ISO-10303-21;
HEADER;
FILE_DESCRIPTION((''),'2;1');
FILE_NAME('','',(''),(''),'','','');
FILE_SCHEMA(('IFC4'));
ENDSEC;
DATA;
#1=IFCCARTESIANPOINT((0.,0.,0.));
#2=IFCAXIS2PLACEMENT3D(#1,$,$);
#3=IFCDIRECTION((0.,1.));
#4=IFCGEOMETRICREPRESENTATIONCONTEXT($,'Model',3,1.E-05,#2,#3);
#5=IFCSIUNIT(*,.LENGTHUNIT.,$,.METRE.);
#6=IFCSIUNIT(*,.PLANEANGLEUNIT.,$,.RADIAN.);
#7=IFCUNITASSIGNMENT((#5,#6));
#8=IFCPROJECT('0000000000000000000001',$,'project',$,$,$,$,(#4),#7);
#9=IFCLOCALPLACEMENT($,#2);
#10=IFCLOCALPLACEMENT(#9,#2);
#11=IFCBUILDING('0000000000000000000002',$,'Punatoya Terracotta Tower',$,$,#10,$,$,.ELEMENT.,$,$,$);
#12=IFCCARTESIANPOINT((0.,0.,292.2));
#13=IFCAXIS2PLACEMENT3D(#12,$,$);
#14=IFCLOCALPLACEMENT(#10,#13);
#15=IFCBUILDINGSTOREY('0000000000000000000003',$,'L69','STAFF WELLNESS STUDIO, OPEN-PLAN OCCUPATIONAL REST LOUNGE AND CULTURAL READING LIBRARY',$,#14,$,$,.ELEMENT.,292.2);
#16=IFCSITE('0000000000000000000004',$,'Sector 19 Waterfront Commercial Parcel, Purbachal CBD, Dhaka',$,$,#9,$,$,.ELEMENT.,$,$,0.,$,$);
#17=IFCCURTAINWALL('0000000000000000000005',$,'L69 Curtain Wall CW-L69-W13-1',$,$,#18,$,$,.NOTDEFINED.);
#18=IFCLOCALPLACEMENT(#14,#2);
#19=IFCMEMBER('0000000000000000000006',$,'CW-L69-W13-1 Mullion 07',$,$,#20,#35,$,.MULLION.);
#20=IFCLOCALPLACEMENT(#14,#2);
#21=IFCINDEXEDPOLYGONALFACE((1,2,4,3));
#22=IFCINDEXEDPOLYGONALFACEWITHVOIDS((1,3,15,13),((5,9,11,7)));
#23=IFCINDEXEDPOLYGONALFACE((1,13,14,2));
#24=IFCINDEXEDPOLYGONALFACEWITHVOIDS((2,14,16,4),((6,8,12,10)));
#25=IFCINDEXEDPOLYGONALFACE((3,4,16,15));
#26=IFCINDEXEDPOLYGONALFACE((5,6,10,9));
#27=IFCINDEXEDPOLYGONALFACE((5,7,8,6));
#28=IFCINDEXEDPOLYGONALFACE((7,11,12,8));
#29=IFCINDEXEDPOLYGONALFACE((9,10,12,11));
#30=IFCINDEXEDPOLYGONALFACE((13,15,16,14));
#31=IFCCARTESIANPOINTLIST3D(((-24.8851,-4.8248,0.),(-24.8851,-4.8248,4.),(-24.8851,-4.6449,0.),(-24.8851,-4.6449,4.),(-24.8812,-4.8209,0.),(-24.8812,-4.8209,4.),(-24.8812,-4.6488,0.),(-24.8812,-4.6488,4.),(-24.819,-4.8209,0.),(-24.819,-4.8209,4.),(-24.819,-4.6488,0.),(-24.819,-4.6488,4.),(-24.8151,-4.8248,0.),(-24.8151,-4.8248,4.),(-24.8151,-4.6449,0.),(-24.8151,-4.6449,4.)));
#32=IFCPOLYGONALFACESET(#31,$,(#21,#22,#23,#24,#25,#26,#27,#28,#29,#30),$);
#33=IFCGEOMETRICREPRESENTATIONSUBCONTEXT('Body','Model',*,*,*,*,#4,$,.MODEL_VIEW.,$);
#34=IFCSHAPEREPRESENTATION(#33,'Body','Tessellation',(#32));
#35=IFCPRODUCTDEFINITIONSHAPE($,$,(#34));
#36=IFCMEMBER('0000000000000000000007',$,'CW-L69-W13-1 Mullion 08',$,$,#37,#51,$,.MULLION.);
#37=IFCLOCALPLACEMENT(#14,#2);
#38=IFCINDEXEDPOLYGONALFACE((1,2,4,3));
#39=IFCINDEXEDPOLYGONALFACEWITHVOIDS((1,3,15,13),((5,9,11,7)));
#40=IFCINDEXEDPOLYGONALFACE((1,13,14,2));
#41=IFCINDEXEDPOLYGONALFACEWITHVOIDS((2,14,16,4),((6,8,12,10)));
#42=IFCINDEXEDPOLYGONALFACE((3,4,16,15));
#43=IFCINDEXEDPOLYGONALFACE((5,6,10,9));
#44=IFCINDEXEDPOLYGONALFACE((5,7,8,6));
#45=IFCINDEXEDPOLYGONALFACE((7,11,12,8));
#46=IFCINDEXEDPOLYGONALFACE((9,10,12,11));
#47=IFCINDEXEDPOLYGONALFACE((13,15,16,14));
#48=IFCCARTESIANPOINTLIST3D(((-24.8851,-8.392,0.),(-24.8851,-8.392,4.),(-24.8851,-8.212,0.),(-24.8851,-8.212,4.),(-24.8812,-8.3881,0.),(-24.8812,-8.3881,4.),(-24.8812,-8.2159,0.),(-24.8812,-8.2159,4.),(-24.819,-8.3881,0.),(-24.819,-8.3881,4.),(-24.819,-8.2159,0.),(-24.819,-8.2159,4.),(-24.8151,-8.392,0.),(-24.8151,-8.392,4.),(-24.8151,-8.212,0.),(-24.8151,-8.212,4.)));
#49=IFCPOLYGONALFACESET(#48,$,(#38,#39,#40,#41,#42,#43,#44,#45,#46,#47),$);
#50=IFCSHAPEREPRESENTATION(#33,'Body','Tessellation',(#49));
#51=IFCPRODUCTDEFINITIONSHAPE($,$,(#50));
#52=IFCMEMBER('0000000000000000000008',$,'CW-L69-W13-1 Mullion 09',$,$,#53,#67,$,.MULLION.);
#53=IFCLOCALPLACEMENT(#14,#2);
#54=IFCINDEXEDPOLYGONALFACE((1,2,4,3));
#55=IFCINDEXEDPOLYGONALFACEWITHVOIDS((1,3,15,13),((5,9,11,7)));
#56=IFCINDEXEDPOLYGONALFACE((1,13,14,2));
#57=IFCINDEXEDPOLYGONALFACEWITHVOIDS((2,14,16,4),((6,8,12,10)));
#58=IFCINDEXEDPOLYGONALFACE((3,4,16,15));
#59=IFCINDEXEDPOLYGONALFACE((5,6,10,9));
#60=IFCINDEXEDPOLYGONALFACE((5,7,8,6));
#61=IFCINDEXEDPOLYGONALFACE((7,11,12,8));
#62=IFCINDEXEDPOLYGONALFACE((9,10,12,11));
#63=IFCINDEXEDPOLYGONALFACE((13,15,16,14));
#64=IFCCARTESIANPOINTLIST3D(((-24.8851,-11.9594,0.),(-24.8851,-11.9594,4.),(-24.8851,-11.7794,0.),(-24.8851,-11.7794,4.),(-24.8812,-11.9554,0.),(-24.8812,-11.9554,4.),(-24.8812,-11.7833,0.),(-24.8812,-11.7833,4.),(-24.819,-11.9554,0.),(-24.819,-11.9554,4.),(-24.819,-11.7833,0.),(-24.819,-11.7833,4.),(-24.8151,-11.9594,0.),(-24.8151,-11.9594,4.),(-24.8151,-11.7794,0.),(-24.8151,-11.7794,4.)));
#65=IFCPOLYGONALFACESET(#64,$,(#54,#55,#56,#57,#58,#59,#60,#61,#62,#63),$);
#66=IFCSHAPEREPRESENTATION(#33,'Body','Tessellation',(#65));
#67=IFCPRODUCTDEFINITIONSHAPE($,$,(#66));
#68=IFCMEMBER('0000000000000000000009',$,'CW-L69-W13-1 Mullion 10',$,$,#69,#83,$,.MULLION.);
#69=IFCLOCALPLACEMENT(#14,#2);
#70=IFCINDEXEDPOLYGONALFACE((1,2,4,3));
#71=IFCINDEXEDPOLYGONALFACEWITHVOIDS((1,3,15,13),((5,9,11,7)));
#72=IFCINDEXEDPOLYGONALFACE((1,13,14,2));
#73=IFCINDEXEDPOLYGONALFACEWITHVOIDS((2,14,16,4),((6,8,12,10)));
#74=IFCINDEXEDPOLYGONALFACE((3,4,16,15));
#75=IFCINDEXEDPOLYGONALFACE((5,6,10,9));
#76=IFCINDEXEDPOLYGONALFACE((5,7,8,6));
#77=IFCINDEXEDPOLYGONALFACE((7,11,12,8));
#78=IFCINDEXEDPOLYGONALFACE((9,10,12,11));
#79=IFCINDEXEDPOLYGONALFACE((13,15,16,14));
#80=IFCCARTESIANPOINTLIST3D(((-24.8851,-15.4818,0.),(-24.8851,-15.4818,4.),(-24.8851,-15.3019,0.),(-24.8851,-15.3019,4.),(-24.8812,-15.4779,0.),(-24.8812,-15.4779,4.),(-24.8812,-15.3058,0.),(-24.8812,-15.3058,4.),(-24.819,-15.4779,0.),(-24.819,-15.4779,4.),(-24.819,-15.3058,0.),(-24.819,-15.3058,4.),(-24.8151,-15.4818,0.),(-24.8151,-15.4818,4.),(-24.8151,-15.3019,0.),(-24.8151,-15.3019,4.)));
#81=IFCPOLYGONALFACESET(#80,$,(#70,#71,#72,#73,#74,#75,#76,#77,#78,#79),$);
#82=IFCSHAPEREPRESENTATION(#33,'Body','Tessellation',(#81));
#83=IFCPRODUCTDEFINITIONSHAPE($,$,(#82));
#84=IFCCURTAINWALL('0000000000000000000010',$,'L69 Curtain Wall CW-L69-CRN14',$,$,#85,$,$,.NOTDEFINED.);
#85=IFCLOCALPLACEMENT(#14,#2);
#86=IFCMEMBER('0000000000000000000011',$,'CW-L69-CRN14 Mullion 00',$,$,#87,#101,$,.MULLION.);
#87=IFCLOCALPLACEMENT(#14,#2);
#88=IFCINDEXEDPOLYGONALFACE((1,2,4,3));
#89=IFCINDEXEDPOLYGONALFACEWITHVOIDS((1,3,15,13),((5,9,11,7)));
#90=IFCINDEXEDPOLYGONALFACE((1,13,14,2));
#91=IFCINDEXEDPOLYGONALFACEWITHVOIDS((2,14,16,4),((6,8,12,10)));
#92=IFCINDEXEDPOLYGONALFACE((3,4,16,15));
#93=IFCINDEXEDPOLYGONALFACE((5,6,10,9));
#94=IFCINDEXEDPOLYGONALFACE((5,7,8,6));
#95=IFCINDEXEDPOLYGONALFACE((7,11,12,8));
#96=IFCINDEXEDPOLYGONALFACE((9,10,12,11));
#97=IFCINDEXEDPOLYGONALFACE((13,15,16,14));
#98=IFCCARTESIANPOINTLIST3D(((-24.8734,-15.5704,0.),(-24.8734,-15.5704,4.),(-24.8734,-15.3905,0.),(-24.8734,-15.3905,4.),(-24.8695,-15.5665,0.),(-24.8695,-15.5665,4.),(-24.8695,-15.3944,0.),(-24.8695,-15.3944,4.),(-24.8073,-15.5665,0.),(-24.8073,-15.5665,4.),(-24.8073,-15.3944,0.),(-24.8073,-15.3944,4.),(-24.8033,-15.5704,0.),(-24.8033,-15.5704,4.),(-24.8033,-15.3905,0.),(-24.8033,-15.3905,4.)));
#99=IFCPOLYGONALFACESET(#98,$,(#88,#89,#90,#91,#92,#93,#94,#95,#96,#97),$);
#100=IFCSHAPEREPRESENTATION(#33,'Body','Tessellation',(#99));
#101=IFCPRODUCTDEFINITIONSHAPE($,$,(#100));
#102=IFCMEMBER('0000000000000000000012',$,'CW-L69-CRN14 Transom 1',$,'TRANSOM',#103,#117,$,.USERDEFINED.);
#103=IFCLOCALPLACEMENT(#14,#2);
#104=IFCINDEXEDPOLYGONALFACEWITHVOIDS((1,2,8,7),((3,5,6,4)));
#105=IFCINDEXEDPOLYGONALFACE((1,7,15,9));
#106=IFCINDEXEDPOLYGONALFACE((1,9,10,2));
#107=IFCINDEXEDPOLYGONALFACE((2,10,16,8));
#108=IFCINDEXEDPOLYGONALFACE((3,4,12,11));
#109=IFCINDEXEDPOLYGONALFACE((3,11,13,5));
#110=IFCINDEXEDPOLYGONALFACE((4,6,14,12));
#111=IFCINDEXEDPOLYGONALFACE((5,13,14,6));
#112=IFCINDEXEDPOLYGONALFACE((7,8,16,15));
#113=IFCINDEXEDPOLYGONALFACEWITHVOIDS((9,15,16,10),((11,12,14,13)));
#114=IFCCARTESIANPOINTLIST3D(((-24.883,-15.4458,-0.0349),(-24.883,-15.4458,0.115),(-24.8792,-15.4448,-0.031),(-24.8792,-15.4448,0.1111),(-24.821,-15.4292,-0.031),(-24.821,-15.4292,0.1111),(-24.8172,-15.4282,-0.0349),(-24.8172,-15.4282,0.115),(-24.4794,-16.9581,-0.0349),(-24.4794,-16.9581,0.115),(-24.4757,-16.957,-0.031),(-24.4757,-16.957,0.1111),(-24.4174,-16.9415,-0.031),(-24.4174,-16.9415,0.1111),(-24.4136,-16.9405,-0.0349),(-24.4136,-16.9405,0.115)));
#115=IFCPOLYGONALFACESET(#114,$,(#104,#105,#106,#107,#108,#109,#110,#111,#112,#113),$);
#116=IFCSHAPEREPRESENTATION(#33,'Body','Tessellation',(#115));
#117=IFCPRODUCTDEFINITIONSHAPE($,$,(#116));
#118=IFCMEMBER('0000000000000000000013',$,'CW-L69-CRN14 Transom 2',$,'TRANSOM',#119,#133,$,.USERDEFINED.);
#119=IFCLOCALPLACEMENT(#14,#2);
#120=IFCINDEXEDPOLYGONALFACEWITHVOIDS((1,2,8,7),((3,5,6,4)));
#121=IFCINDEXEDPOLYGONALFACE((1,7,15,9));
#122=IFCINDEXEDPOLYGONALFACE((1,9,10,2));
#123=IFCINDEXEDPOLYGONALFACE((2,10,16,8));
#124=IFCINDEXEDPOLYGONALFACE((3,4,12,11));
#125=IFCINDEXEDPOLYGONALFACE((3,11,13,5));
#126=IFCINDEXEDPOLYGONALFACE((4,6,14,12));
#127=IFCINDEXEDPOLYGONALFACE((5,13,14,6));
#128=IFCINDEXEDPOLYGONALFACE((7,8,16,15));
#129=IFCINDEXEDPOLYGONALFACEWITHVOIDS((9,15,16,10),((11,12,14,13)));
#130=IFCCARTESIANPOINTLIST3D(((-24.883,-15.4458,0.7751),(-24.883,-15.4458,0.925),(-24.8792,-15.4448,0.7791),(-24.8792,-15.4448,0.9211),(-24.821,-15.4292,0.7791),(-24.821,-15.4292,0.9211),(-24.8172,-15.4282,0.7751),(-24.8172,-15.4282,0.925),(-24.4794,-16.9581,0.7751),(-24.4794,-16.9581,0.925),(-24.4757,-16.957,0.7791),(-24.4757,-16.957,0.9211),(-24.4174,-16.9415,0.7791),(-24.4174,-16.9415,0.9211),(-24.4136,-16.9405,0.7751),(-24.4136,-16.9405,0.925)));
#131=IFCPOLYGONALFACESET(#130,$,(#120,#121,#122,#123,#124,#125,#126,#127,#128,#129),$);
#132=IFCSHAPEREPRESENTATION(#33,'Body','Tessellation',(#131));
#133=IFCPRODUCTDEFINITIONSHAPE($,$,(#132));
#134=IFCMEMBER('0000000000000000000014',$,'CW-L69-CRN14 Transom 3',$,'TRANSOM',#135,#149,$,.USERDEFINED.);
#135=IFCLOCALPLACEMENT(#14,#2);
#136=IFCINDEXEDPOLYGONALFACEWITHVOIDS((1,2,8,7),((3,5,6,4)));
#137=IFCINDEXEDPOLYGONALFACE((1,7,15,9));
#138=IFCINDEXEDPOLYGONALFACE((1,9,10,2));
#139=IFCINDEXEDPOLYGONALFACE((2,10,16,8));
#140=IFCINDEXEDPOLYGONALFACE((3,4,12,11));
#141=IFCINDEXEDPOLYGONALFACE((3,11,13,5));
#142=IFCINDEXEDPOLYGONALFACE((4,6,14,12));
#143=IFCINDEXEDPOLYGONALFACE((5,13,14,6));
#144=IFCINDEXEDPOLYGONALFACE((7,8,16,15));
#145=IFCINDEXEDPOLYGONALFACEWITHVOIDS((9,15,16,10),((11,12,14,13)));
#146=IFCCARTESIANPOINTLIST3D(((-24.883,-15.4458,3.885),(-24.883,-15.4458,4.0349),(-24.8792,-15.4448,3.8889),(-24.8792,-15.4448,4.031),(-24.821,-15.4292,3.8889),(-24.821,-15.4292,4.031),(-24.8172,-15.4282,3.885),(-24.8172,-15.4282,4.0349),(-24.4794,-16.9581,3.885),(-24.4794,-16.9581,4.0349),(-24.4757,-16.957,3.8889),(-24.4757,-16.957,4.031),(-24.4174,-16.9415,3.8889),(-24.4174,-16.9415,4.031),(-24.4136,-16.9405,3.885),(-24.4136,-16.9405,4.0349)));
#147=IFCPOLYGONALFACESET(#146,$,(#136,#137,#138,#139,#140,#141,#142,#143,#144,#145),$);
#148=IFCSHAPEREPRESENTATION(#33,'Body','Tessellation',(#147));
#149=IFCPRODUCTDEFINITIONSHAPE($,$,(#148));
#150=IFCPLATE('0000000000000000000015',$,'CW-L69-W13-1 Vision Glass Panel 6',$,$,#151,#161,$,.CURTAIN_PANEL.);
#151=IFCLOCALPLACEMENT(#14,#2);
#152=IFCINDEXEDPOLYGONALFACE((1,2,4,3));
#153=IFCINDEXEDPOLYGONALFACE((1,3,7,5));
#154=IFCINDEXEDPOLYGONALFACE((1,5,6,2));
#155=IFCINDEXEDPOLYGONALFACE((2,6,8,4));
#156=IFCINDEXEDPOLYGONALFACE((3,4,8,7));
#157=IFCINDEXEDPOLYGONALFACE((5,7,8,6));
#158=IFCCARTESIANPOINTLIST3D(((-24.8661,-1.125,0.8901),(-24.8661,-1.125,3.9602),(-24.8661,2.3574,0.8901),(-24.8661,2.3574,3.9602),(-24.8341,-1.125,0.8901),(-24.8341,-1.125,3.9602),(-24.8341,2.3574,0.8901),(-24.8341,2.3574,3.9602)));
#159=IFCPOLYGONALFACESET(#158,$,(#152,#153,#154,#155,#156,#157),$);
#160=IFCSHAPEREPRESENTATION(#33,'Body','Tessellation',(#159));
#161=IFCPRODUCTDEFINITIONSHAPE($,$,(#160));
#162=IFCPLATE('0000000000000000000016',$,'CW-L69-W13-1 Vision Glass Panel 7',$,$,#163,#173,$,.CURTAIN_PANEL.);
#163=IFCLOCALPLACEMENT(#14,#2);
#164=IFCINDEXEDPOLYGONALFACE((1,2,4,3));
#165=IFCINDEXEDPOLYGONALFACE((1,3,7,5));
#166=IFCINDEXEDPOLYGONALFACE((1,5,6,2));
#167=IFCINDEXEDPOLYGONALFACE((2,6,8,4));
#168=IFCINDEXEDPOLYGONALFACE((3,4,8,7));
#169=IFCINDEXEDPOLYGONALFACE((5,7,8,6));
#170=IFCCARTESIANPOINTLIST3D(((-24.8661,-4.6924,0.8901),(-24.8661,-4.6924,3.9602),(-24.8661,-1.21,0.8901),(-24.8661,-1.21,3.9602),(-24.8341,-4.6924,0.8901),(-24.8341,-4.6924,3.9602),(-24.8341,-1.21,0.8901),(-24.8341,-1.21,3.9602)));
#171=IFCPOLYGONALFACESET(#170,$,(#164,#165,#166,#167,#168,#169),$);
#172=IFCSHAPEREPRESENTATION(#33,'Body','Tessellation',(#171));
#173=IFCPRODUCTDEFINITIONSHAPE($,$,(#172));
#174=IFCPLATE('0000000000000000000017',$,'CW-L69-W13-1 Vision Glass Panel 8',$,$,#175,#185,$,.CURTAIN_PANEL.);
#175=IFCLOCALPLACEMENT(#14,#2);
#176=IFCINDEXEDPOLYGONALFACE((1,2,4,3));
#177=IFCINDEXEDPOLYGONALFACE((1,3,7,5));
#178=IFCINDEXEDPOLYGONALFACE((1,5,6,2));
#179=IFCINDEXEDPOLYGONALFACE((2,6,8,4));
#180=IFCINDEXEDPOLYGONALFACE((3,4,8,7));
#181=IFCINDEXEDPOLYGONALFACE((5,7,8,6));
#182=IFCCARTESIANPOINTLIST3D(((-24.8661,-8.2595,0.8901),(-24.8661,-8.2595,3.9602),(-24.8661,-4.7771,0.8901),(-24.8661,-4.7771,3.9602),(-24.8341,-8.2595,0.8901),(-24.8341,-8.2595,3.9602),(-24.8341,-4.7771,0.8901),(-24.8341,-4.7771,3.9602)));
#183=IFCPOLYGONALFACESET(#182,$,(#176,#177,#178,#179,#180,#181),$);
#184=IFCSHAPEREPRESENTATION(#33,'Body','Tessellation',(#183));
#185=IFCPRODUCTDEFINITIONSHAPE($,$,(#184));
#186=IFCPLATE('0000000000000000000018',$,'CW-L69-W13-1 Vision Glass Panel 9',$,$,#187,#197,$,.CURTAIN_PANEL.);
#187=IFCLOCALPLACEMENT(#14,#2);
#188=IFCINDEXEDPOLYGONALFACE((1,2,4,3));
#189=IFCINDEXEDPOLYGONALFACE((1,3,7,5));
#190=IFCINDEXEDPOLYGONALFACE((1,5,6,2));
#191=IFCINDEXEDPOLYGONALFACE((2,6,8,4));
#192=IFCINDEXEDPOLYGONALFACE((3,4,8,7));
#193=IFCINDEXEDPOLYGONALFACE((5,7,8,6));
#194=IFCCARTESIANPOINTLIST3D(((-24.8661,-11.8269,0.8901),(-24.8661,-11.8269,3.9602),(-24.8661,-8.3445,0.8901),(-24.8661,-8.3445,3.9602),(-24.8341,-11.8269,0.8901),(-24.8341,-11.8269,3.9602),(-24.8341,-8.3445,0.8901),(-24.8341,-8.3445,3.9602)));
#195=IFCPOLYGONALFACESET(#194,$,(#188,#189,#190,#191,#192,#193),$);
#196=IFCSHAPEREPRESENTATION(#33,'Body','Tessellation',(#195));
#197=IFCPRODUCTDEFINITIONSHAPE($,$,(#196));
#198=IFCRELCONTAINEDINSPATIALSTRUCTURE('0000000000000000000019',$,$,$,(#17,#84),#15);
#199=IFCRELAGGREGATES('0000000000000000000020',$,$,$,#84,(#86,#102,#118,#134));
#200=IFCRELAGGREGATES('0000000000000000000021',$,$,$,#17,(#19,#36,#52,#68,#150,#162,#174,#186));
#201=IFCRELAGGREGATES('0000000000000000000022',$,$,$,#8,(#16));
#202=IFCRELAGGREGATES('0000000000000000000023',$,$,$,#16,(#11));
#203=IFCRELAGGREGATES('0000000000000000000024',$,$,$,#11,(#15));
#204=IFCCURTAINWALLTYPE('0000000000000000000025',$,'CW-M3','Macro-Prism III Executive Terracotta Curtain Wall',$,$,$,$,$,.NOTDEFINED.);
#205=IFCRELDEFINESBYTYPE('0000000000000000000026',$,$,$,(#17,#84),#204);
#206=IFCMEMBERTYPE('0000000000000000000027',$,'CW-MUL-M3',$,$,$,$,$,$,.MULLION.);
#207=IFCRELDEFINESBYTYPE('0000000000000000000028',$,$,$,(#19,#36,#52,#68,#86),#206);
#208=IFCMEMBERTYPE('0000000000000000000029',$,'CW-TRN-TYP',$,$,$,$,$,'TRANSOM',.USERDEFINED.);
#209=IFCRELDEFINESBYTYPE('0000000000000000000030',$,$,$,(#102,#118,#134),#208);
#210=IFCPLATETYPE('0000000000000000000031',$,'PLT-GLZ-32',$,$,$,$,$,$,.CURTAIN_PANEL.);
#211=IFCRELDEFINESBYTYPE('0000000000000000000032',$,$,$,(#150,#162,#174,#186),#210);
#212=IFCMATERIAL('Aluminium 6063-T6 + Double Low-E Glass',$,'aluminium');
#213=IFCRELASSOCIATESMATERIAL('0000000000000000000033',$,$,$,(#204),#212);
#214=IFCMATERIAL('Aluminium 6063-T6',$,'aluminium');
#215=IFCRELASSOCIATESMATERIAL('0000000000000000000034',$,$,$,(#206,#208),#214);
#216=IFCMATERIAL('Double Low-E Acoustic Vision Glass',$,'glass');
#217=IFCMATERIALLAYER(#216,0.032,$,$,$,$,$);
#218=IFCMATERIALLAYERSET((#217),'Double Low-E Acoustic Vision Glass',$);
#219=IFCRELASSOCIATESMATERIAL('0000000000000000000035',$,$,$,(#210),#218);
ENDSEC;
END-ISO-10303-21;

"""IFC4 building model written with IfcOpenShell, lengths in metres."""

from ifc_helpers import new_model, si_unit, direction, frame, origin, origin_2d, place, context, subcontext, project, spatial, rectangle, hollow_rectangle, extrude, material, layer, layer_set, material_profile, profile_set, type_object, element, aggregate, save


model = new_model("IFC4")

# Units and contexts
model_context = context("Model", 3, precision=1e-05, world=origin(), true_north=direction((0.0, 1.0)))
body_context = subcontext(model_context, "Body", "Model", "MODEL_VIEW")
ifc_project = project(units=[si_unit("LENGTHUNIT", "METRE"), si_unit("PLANEANGLEUNIT", "RADIAN")], contexts=[model_context])

# Site, building, storey
site_placement = place(None, origin())
site = spatial("IfcSite", under=ifc_project, at=site_placement, Name="Sector 19 Waterfront Commercial Parcel, Purbachal CBD, Dhaka", CompositionType="ELEMENT", RefElevation=0.0)
building_placement = place(site_placement, origin())
building = spatial("IfcBuilding", under=site, at=building_placement, Name="Punatoya Terracotta Tower", CompositionType="ELEMENT")
storey_placement = place(building_placement, frame((0.0, 0.0, 292.2)))
storey = spatial("IfcBuildingStorey", under=building, at=storey_placement, Name="L69", Description="STAFF WELLNESS STUDIO, OPEN-PLAN OCCUPATIONAL REST LOUNGE AND CULTURAL READING LIBRARY", CompositionType="ELEMENT", Elevation=292.2)

# Curtain walls, members
ifc_material_1 = material(Name="Aluminium 6063-T6 + Double Low-E Glass", Category="aluminium")
curtain_wall_type = type_object("IfcCurtainWallType", Name="CW-M3", Description="Macro-Prism III Executive Terracotta Curtain Wall", PredefinedType="NOTDEFINED", material=ifc_material_1)
curtain_wall_1_placement = place(storey_placement, origin())
curtain_wall_1 = element("IfcCurtainWall", 1, at=curtain_wall_1_placement, inside=storey, type_object=curtain_wall_type, Name="L69 Curtain Wall CW-L69-W13-1", PredefinedType="NOTDEFINED")
ifc_material_2 = material(Name="Aluminium 6063-T6", Category="aluminium")
ifc_material_profile_1 = material_profile(ifc_material_2, hollow_rectangle(XDim=0.0701, YDim=0.1799, WallThickness=0.0039, at=origin_2d()))
ifc_profile_set_1 = profile_set([ifc_material_profile_1], Name="Aluminium 6063-T6")
member_type_1 = type_object("IfcMemberType", Name="CW-MUL-M3", PredefinedType="MULLION", material=ifc_profile_set_1)
member_1_placement = place(storey_placement, frame((-24.8501, -4.7349, 0.0), z_axis=(0.0, 0.0, 1.0), x_axis=(1.0, 0.0, 0.0)))
member_1 = element("IfcMember", 2, at=member_1_placement, type_object=member_type_1, Name="CW-L69-W13-1 Mullion 07", PredefinedType="MULLION", context=body_context, shape_type="SweptSolid", body=[
    extrude(hollow_rectangle(XDim=0.0701, YDim=0.1799, WallThickness=0.0039, at=origin_2d()), origin(), (0.0, 0.0, 1.0), 4.0),
])
member_2_placement = place(storey_placement, frame((-24.8501, -8.302, 0.0), z_axis=(0.0, 0.0, 1.0), x_axis=(1.0, 0.0, 0.0)))
member_2 = element("IfcMember", 3, at=member_2_placement, type_object=member_type_1, Name="CW-L69-W13-1 Mullion 08", PredefinedType="MULLION", context=body_context, shape_type="SweptSolid", body=[
    extrude(hollow_rectangle(XDim=0.0701, YDim=0.1799, WallThickness=0.0039, at=origin_2d()), origin(), (0.0, 0.0, 1.0), 4.0),
])
member_3_placement = place(storey_placement, frame((-24.8501, -11.8694, 0.0), z_axis=(0.0, 0.0, 1.0), x_axis=(1.0, 0.0, 0.0)))
member_3 = element("IfcMember", 4, at=member_3_placement, type_object=member_type_1, Name="CW-L69-W13-1 Mullion 09", PredefinedType="MULLION", context=body_context, shape_type="SweptSolid", body=[
    extrude(hollow_rectangle(XDim=0.0701, YDim=0.1799, WallThickness=0.0039, at=origin_2d()), origin(), (0.0, 0.0, 1.0), 4.0),
])
member_4_placement = place(storey_placement, frame((-24.8501, -15.3918, 0.0), z_axis=(0.0, 0.0, 1.0), x_axis=(1.0, 0.0, 0.0)))
member_4 = element("IfcMember", 5, at=member_4_placement, type_object=member_type_1, Name="CW-L69-W13-1 Mullion 10", PredefinedType="MULLION", context=body_context, shape_type="SweptSolid", body=[
    extrude(hollow_rectangle(XDim=0.0701, YDim=0.1799, WallThickness=0.0039, at=origin_2d()), origin(), (0.0, 0.0, 1.0), 4.0),
])
curtain_wall_2_placement = place(storey_placement, origin())
curtain_wall_2 = element("IfcCurtainWall", 6, at=curtain_wall_2_placement, inside=storey, type_object=curtain_wall_type, Name="L69 Curtain Wall CW-L69-CRN14", PredefinedType="NOTDEFINED")
member_5_placement = place(storey_placement, frame((-24.8384, -15.4805, 0.0), z_axis=(0.0, 0.0, 1.0), x_axis=(1.0, 0.0, 0.0)))
member_5 = element("IfcMember", 7, at=member_5_placement, type_object=member_type_1, Name="CW-L69-CRN14 Mullion 00", PredefinedType="MULLION", context=body_context, shape_type="SweptSolid", body=[
    extrude(hollow_rectangle(XDim=0.0701, YDim=0.1799, WallThickness=0.0039, at=origin_2d()), origin(), (0.0, 0.0, 1.0), 4.0),
])
ifc_material_profile_2 = material_profile(ifc_material_2, hollow_rectangle(XDim=0.0681, YDim=0.1499, WallThickness=0.0039, at=origin_2d()))
ifc_profile_set_2 = profile_set([ifc_material_profile_2], Name="Aluminium 6063-T6")
member_type_2 = type_object("IfcMemberType", Name="CW-TRN-TYP", ElementType="TRANSOM", PredefinedType="USERDEFINED", material=ifc_profile_set_2)
member_6_placement = place(storey_placement, frame((-24.8501, -15.437, 0.04), z_axis=(0.257847, -0.966186, 0.0), x_axis=(0.966186, 0.257847, 0.0)))
member_6 = element("IfcMember", 8, at=member_6_placement, type_object=member_type_2, Name="CW-L69-CRN14 Transom 1", ObjectType="TRANSOM", PredefinedType="USERDEFINED", context=body_context, shape_type="SweptSolid", body=[
    extrude(hollow_rectangle(XDim=0.0681, YDim=0.1499, WallThickness=0.0039, at=origin_2d()), origin(), (0.0, 0.0, 1.0), 1.5652),
])
member_7_placement = place(storey_placement, frame((-24.8501, -15.437, 0.8501), z_axis=(0.257847, -0.966186, 0.0), x_axis=(0.966186, 0.257847, 0.0)))
member_7 = element("IfcMember", 9, at=member_7_placement, type_object=member_type_2, Name="CW-L69-CRN14 Transom 2", ObjectType="TRANSOM", PredefinedType="USERDEFINED", context=body_context, shape_type="SweptSolid", body=[
    extrude(hollow_rectangle(XDim=0.0681, YDim=0.1499, WallThickness=0.0039, at=origin_2d()), origin(), (0.0, 0.0, 1.0), 1.5652),
])
member_8_placement = place(storey_placement, frame((-24.8501, -15.437, 3.96), z_axis=(0.257847, -0.966186, 0.0), x_axis=(0.966186, 0.257847, 0.0)))
member_8 = element("IfcMember", 10, at=member_8_placement, type_object=member_type_2, Name="CW-L69-CRN14 Transom 3", ObjectType="TRANSOM", PredefinedType="USERDEFINED", context=body_context, shape_type="SweptSolid", body=[
    extrude(hollow_rectangle(XDim=0.0681, YDim=0.1499, WallThickness=0.0039, at=origin_2d()), origin(), (0.0, 0.0, 1.0), 1.5652),
])

# Plates
ifc_material_3 = material(Name="Double Low-E Acoustic Vision Glass", Category="glass")
ifc_layer_1 = layer(ifc_material_3, 0.032)
ifc_layer_set_1 = layer_set([ifc_layer_1], Name="Double Low-E Acoustic Vision Glass")
plate_type_1 = type_object("IfcPlateType", Name="PLT-GLZ-32", PredefinedType="CURTAIN_PANEL", material=ifc_layer_set_1)
plate_1_placement = place(storey_placement, frame((-24.8501, 0.6162, 0.8901), z_axis=(0.0, 0.0, 1.0), x_axis=(0.0, -1.0, 0.0)))
plate_1 = element("IfcPlate", 11, at=plate_1_placement, type_object=plate_type_1, Name="CW-L69-W13-1 Vision Glass Panel 6", PredefinedType="CURTAIN_PANEL", context=body_context, shape_type="SweptSolid", body=[
    extrude(rectangle(XDim=3.4824, YDim=0.032, at=origin_2d()), origin(), (0.0, 0.0, 1.0), 3.0701),
])
plate_2_placement = place(storey_placement, frame((-24.8501, -2.9512, 0.8901), z_axis=(0.0, 0.0, 1.0), x_axis=(0.0, -1.0, 0.0)))
plate_2 = element("IfcPlate", 12, at=plate_2_placement, type_object=plate_type_1, Name="CW-L69-W13-1 Vision Glass Panel 7", PredefinedType="CURTAIN_PANEL", context=body_context, shape_type="SweptSolid", body=[
    extrude(rectangle(XDim=3.4824, YDim=0.032, at=origin_2d()), origin(), (0.0, 0.0, 1.0), 3.0701),
])
plate_3_placement = place(storey_placement, frame((-24.8501, -6.5183, 0.8901), z_axis=(0.0, 0.0, 1.0), x_axis=(0.0, -1.0, 0.0)))
plate_3 = element("IfcPlate", 13, at=plate_3_placement, type_object=plate_type_1, Name="CW-L69-W13-1 Vision Glass Panel 8", PredefinedType="CURTAIN_PANEL", context=body_context, shape_type="SweptSolid", body=[
    extrude(rectangle(XDim=3.4824, YDim=0.032, at=origin_2d()), origin(), (0.0, 0.0, 1.0), 3.0701),
])
plate_4_placement = place(storey_placement, frame((-24.8501, -10.0857, 0.8901), z_axis=(0.0, 0.0, 1.0), x_axis=(0.0, -1.0, 0.0)))
plate_4 = element("IfcPlate", 14, at=plate_4_placement, type_object=plate_type_1, Name="CW-L69-W13-1 Vision Glass Panel 9", PredefinedType="CURTAIN_PANEL", context=body_context, shape_type="SweptSolid", body=[
    extrude(rectangle(XDim=3.4824, YDim=0.032, at=origin_2d()), origin(), (0.0, 0.0, 1.0), 3.0701),
])
aggregate(curtain_wall_2, [member_5, member_6, member_7, member_8])
aggregate(curtain_wall_1, [member_1, member_2, member_3, member_4, plate_1, plate_2, plate_3, plate_4])

save(model, "model.ifc")
